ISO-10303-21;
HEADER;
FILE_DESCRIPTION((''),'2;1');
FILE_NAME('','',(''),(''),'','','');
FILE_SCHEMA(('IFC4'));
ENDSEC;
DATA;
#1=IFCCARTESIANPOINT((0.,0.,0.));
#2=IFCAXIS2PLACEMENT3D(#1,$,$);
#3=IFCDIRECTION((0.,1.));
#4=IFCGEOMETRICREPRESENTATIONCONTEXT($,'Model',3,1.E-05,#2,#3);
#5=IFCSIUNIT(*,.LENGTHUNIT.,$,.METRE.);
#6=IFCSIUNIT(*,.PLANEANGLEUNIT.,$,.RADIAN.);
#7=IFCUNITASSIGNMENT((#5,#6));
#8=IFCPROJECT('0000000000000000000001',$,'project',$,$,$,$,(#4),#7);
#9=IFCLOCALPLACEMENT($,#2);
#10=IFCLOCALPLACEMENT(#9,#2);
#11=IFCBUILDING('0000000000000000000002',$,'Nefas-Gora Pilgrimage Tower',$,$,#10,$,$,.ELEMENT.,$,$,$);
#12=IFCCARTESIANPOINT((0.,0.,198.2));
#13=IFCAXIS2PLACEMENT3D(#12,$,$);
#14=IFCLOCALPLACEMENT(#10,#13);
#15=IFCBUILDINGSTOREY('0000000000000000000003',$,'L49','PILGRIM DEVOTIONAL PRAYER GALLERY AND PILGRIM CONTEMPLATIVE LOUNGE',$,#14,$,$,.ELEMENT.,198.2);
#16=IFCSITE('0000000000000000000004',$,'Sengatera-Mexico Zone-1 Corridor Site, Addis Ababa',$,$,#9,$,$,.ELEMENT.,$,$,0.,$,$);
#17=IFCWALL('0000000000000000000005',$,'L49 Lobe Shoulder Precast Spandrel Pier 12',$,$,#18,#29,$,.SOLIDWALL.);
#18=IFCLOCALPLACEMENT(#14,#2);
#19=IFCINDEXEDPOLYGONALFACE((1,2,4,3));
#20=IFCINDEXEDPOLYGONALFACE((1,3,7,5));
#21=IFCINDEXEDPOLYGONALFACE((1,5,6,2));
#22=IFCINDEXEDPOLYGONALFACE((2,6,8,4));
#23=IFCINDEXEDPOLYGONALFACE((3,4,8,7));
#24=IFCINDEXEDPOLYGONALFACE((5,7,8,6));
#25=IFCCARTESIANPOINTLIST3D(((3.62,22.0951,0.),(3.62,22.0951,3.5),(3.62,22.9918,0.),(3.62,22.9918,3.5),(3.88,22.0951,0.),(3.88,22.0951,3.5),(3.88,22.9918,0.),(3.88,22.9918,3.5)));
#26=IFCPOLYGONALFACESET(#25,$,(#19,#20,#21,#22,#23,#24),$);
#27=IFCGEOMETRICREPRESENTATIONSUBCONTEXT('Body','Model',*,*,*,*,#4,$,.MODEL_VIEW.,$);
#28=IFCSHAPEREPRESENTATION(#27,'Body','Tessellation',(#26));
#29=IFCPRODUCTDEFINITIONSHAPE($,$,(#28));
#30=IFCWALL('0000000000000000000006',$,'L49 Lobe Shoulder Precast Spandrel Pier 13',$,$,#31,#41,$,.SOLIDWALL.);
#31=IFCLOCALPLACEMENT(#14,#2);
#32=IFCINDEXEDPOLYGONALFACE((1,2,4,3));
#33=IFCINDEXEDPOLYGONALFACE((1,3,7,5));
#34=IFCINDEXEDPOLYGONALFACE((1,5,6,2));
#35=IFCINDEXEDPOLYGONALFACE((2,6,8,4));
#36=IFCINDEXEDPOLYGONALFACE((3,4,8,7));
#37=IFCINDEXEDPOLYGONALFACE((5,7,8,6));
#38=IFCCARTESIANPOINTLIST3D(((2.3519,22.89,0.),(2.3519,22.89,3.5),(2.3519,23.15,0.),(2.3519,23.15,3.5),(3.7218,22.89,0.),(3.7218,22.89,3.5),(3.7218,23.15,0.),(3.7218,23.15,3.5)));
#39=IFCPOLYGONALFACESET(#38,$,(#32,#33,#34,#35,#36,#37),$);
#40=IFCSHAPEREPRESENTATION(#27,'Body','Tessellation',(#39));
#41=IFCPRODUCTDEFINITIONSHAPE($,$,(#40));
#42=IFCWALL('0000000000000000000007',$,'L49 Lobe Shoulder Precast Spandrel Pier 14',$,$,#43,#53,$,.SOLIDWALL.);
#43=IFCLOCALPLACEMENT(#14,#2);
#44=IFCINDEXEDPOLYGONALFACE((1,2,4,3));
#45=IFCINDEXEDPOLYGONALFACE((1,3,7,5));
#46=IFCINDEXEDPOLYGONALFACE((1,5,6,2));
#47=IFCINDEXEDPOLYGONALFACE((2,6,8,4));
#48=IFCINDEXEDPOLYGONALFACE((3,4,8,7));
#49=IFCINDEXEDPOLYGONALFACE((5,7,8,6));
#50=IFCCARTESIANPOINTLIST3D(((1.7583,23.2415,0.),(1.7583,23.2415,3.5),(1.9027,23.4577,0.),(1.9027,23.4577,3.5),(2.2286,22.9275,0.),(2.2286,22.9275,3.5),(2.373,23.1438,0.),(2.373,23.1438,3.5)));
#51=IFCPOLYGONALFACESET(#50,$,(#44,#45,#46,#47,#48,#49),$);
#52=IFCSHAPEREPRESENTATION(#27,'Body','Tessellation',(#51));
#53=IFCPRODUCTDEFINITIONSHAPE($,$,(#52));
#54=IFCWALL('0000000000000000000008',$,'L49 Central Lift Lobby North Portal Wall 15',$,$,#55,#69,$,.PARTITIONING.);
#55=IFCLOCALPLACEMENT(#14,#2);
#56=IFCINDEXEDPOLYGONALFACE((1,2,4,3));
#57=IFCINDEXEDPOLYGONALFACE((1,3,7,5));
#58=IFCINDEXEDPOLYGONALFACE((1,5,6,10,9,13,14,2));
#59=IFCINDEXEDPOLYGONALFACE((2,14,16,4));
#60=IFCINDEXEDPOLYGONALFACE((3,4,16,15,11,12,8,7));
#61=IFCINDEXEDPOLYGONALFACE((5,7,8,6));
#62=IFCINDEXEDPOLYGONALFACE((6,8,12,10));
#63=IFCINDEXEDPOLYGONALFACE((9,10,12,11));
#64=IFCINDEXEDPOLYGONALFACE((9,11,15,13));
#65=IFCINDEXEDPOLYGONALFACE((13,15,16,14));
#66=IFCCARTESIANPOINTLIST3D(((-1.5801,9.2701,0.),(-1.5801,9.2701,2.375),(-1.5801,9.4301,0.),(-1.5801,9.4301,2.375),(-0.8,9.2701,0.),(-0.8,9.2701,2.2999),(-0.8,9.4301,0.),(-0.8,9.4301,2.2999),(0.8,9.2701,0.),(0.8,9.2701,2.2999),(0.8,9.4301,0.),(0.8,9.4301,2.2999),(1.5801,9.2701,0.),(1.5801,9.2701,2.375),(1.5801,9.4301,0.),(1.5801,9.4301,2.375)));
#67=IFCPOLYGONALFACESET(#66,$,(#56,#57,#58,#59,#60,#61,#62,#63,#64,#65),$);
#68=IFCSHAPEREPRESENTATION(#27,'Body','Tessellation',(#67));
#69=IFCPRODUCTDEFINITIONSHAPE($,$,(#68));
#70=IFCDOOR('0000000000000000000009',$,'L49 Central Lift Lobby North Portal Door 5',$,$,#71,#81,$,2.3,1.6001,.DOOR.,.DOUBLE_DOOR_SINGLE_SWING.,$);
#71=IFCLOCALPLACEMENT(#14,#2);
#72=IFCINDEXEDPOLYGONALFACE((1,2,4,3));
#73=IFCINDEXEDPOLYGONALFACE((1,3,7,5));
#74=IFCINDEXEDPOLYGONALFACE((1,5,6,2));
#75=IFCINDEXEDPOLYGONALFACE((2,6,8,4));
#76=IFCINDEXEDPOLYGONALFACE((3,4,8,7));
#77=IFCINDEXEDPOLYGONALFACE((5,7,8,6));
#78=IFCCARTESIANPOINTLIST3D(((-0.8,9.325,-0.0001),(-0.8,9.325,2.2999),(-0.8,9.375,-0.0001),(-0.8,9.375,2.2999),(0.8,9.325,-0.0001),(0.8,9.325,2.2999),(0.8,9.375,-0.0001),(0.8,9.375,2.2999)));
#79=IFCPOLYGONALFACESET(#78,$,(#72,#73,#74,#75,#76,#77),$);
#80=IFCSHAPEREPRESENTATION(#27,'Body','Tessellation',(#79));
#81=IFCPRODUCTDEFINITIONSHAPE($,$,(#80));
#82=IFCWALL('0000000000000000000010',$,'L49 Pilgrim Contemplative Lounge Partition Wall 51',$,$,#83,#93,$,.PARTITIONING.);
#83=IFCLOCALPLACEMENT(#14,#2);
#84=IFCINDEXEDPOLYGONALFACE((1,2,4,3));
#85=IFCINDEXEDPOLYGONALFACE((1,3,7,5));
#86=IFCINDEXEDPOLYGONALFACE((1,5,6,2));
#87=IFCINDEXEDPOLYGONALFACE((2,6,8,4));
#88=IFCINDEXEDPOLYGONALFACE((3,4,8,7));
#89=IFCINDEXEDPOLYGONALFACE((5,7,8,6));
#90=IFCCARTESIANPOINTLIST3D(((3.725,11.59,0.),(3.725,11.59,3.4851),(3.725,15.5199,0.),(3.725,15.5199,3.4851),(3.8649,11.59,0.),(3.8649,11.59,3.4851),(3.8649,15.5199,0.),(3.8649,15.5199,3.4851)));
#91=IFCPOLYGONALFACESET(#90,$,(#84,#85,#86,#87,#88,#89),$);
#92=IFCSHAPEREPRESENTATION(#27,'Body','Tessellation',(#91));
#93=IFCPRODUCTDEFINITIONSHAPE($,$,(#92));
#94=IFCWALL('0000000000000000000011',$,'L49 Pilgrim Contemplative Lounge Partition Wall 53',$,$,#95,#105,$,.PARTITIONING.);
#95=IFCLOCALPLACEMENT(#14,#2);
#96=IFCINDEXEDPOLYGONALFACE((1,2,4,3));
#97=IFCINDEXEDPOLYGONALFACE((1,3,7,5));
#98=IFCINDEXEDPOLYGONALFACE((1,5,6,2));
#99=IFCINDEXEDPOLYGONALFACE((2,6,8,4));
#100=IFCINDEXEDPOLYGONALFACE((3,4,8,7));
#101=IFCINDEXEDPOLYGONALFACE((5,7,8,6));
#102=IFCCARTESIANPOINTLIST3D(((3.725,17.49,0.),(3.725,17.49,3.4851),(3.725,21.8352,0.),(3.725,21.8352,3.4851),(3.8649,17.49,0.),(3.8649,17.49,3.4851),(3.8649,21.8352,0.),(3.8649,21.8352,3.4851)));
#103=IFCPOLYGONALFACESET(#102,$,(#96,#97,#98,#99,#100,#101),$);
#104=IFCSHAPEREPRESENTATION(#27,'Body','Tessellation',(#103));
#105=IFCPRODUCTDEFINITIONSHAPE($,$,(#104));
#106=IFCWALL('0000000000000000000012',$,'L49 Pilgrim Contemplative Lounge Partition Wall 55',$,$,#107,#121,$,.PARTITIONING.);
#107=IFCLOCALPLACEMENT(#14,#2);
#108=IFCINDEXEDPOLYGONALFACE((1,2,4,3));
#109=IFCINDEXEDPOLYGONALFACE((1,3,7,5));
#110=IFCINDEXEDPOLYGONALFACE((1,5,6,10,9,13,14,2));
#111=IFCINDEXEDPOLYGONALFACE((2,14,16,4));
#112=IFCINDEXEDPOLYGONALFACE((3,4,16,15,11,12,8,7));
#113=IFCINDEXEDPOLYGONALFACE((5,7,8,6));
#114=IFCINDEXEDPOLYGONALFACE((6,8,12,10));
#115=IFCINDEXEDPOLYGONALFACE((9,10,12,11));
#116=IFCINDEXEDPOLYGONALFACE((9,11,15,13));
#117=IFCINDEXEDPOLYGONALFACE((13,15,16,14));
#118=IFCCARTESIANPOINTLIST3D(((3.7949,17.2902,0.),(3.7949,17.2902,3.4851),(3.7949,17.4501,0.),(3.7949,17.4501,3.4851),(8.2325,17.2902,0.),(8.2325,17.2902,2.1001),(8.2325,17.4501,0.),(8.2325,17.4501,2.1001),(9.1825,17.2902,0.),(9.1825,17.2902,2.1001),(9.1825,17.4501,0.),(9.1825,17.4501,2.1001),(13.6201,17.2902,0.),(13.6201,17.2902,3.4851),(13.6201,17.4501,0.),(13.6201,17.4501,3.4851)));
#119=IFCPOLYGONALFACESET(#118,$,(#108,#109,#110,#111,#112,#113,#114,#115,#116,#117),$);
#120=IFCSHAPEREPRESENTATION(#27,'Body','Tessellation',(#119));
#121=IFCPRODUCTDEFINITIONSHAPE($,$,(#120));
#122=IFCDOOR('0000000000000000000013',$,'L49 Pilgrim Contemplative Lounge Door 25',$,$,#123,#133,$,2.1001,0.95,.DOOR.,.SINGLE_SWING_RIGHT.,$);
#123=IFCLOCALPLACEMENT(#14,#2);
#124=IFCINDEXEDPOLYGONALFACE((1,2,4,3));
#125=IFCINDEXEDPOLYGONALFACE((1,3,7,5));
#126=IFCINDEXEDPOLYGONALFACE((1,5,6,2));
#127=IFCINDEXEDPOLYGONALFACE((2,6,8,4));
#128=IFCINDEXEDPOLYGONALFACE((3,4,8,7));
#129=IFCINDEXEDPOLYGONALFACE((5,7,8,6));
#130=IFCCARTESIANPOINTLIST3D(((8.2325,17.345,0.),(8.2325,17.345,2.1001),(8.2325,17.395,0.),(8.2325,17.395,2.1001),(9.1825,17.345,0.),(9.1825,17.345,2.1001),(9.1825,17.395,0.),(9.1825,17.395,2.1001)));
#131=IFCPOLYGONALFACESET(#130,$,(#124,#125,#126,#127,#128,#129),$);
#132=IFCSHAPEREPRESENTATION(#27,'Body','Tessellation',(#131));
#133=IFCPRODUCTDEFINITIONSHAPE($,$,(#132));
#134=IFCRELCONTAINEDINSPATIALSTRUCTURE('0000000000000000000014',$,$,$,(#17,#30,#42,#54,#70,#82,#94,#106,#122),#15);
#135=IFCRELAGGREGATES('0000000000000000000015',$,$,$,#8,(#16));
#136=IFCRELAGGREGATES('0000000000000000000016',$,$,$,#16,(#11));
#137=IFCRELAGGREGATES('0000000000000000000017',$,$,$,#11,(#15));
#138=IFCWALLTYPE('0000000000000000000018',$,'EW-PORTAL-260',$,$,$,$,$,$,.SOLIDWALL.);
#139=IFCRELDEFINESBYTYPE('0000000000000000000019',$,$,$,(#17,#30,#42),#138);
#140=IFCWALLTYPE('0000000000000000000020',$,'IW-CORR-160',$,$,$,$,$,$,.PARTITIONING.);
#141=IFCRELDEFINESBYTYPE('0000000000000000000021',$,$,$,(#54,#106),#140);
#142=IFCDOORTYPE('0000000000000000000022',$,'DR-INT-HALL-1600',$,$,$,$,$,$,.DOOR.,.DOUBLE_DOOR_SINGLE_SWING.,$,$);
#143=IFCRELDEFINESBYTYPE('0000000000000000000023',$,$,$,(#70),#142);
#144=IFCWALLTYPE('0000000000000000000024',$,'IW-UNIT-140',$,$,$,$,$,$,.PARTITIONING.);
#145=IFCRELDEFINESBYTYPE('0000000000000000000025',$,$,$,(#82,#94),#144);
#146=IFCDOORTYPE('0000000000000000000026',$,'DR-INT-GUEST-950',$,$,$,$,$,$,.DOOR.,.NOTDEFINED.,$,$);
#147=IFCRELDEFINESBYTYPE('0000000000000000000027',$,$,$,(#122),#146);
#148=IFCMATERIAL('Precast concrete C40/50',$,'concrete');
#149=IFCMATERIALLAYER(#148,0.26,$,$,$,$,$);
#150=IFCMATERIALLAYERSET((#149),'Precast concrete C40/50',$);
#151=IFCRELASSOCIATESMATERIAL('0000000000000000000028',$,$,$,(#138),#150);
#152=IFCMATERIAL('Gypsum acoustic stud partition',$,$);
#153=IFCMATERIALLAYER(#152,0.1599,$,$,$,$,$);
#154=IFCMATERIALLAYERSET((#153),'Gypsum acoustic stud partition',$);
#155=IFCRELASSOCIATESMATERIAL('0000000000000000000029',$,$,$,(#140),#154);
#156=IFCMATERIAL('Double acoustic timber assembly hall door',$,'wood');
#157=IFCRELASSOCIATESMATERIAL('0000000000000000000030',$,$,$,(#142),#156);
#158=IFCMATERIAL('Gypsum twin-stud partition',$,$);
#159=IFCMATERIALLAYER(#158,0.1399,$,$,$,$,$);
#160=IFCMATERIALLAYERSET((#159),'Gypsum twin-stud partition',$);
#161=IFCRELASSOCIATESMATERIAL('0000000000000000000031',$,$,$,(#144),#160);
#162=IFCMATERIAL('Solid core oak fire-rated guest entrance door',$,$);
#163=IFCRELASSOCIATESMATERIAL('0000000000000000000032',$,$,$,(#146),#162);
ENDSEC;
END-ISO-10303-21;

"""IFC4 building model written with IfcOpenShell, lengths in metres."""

from ifc_helpers import new_model, si_unit, direction, frame, frame_2d, origin, place, context, subcontext, project, spatial, rectangle, extrude, source, transform, mapped, material, layer, layer_set, type_object, element, fill, save


model = new_model("IFC4")

# Units and contexts
model_context = context("Model", 3, precision=1e-05, world=origin(), true_north=direction((0.0, 1.0)))
body_context = subcontext(model_context, "Body", "Model", "MODEL_VIEW")
ifc_project = project(units=[si_unit("LENGTHUNIT", "METRE"), si_unit("PLANEANGLEUNIT", "RADIAN")], contexts=[model_context])

# Site, building, storey
site_placement = place(None, origin())
site = spatial("IfcSite", under=ifc_project, at=site_placement, Name="Sengatera-Mexico Zone-1 Corridor Site, Addis Ababa", CompositionType="ELEMENT", RefElevation=0.0)
building_placement = place(site_placement, origin())
building = spatial("IfcBuilding", under=site, at=building_placement, Name="Nefas-Gora Pilgrimage Tower", CompositionType="ELEMENT")
storey_placement = place(building_placement, frame((0.0, 0.0, 198.2)))
storey = spatial("IfcBuildingStorey", under=building, at=storey_placement, Name="L49", Description="PILGRIM DEVOTIONAL PRAYER GALLERY AND PILGRIM CONTEMPLATIVE LOUNGE", CompositionType="ELEMENT", Elevation=198.2)

# Walls
ifc_material_1 = material(Name="Precast concrete C40/50", Category="concrete")
ifc_layer_1 = layer(ifc_material_1, 0.26)
ifc_layer_set_1 = layer_set([ifc_layer_1], Name="Precast concrete C40/50")
wall_type_1 = type_object("IfcWallType", Name="EW-PORTAL-260", PredefinedType="SOLIDWALL", material=ifc_layer_set_1)
shared_shape_1 = source(origin(), body_context, "Body", "SweptSolid", [
    extrude(rectangle(XDim=0.8967, YDim=0.26, at=frame_2d((0.4482, 0.0))), origin(), (0.0, 0.0, 1.0), 3.5),
])
wall_1_placement = place(storey_placement, frame((3.75, 22.0952, 0.0), z_axis=(0.0, 0.0, 1.0), x_axis=(0.0, 1.0, 0.0)))
element("IfcWall", 1, at=wall_1_placement, inside=storey, type_object=wall_type_1, Name="L49 Lobe Shoulder Precast Spandrel Pier 12", PredefinedType="SOLIDWALL", context=body_context, shape_type="MappedRepresentation", body=[
    mapped(shared_shape_1, transform((0.0, 0.0, 0.0), x_axis=(1.0, 0.0, 0.0), y_axis=(0.0, 1.0, 0.0), z_axis=(0.0, 0.0, 1.0), scale=1.0)),
])
shared_shape_2 = source(origin(), body_context, "Body", "SweptSolid", [
    extrude(rectangle(XDim=1.3699, YDim=0.26, at=frame_2d((0.6851, 0.0))), origin(), (0.0, 0.0, 1.0), 3.5),
])
wall_2_placement = place(storey_placement, frame((3.7219, 23.02, 0.0), z_axis=(0.0, 0.0, 1.0), x_axis=(-1.0, 0.0, 0.0)))
element("IfcWall", 2, at=wall_2_placement, inside=storey, type_object=wall_type_1, Name="L49 Lobe Shoulder Precast Spandrel Pier 13", PredefinedType="SOLIDWALL", context=body_context, shape_type="MappedRepresentation", body=[
    mapped(shared_shape_2, transform((0.0, 0.0, 0.0), x_axis=(1.0, 0.0, 0.0), y_axis=(0.0, 1.0, 0.0), z_axis=(0.0, 0.0, 1.0), scale=1.0)),
])
shared_shape_3 = source(origin(), body_context, "Body", "SweptSolid", [
    extrude(rectangle(XDim=0.5654, YDim=0.26, at=frame_2d((0.2827, 0.0))), origin(), (0.0, 0.0, 1.0), 3.5),
])
wall_3_placement = place(storey_placement, frame((2.3008, 23.0356, 0.0), z_axis=(0.0, 0.0, 1.0), x_axis=(-0.831651, 0.555298, 0.0)))
element("IfcWall", 3, at=wall_3_placement, inside=storey, type_object=wall_type_1, Name="L49 Lobe Shoulder Precast Spandrel Pier 14", PredefinedType="SOLIDWALL", context=body_context, shape_type="MappedRepresentation", body=[
    mapped(shared_shape_3, transform((0.0, 0.0, 0.0), x_axis=(1.0, 0.0, 0.0), y_axis=(0.0, 1.0, 0.0), z_axis=(0.0, 0.0, 1.0), scale=1.0)),
])

# Wall, opening, door
ifc_material_2 = material(Name="Gypsum acoustic stud partition")
ifc_layer_2 = layer(ifc_material_2, 0.1599)
ifc_layer_set_2 = layer_set([ifc_layer_2], Name="Gypsum acoustic stud partition")
wall_type_2 = type_object("IfcWallType", Name="IW-CORR-160", PredefinedType="PARTITIONING", material=ifc_layer_set_2)
shared_shape_4 = source(origin(), body_context, "Body", "SweptSolid", [
    extrude(rectangle(XDim=3.1602, YDim=0.1599, at=frame_2d((1.5801, 0.0))), origin(), (0.0, 0.0, 1.0), 2.375),
])
wall_4_placement = place(storey_placement, frame((-1.5801, 9.3501, 0.0), z_axis=(0.0, 0.0, 1.0), x_axis=(1.0, 0.0, 0.0)))
wall_4 = element("IfcWall", 4, at=wall_4_placement, inside=storey, type_object=wall_type_2, Name="L49 Central Lift Lobby North Portal Wall 15", PredefinedType="PARTITIONING", context=body_context, shape_type="MappedRepresentation", body=[
    mapped(shared_shape_4, transform((0.0, 0.0, 0.0), x_axis=(1.0, 0.0, 0.0), y_axis=(0.0, 1.0, 0.0), z_axis=(0.0, 0.0, 1.0), scale=1.0)),
])
opening_1_placement = place(wall_4_placement, frame((0.78, 0.0, 0.0)))
opening_1 = element("IfcOpeningElement", 5, at=opening_1_placement, cuts=wall_4, PredefinedType="OPENING", context=body_context, shape_type="SweptSolid", body=[
    extrude(rectangle(XDim=1.6001, YDim=2.3, at=frame_2d((0.8, 1.1499))), frame((0.0, 0.0898, 0.0), z_axis=(0.0, -1.0, 0.0), x_axis=(1.0, 0.0, 0.0)), (0.0, 0.0, 1.0), 0.1799),
])
ifc_material_3 = material(Name="Double acoustic timber assembly hall door", Category="wood")
door_type_1 = type_object("IfcDoorType", Name="DR-INT-HALL-1600", OperationType="DOUBLE_DOOR_SINGLE_SWING", PredefinedType="DOOR", material=ifc_material_3)
shared_shape_5 = source(origin(), body_context, "Body", "SweptSolid", [
    extrude(rectangle(XDim=1.6001, YDim=2.3, at=frame_2d((0.8, 1.1499))), frame((0.0, 0.0249, 0.0), z_axis=(0.0, -1.0, 0.0), x_axis=(1.0, 0.0, 0.0)), (0.0, 0.0, 1.0), 0.05),
])
door_1_placement = place(opening_1_placement, origin())
door_1 = element("IfcDoor", 6, at=door_1_placement, inside=storey, type_object=door_type_1, Name="L49 Central Lift Lobby North Portal Door 5", OperationType="DOUBLE_DOOR_SINGLE_SWING", OverallHeight=2.3, OverallWidth=1.6001, PredefinedType="DOOR", context=body_context, shape_type="MappedRepresentation", body=[
    mapped(shared_shape_5, transform((0.0, 0.0, 0.0), x_axis=(1.0, 0.0, 0.0), y_axis=(0.0, 1.0, 0.0), z_axis=(0.0, 0.0, 1.0), scale=1.0)),
])
fill(opening_1, door_1)

# Walls
ifc_material_4 = material(Name="Gypsum twin-stud partition")
ifc_layer_3 = layer(ifc_material_4, 0.1399)
ifc_layer_set_3 = layer_set([ifc_layer_3], Name="Gypsum twin-stud partition")
wall_type_3 = type_object("IfcWallType", Name="IW-UNIT-140", PredefinedType="PARTITIONING", material=ifc_layer_set_3)
shared_shape_6 = source(origin(), body_context, "Body", "SweptSolid", [
    extrude(rectangle(XDim=3.9299, YDim=0.1399, at=frame_2d((1.9648, 0.0))), origin(), (0.0, 0.0, 1.0), 3.4851),
])
wall_5_placement = place(storey_placement, frame((3.7949, 11.5901, 0.0), z_axis=(0.0, 0.0, 1.0), x_axis=(0.0, 1.0, 0.0)))
element("IfcWall", 7, at=wall_5_placement, inside=storey, type_object=wall_type_3, Name="L49 Pilgrim Contemplative Lounge Partition Wall 51", PredefinedType="PARTITIONING", context=body_context, shape_type="MappedRepresentation", body=[
    mapped(shared_shape_6, transform((0.0, 0.0, 0.0), x_axis=(1.0, 0.0, 0.0), y_axis=(0.0, 1.0, 0.0), z_axis=(0.0, 0.0, 1.0), scale=1.0)),
])
shared_shape_7 = source(origin(), body_context, "Body", "SweptSolid", [
    extrude(rectangle(XDim=4.3452, YDim=0.1399, at=frame_2d((2.1726, 0.0))), origin(), (0.0, 0.0, 1.0), 3.4851),
])
wall_6_placement = place(storey_placement, frame((3.7949, 17.49, 0.0), z_axis=(0.0, 0.0, 1.0), x_axis=(0.0, 1.0, 0.0)))
element("IfcWall", 8, at=wall_6_placement, inside=storey, type_object=wall_type_3, Name="L49 Pilgrim Contemplative Lounge Partition Wall 53", PredefinedType="PARTITIONING", context=body_context, shape_type="MappedRepresentation", body=[
    mapped(shared_shape_7, transform((0.0, 0.0, 0.0), x_axis=(1.0, 0.0, 0.0), y_axis=(0.0, 1.0, 0.0), z_axis=(0.0, 0.0, 1.0), scale=1.0)),
])

# Wall, opening, door
shared_shape_8 = source(origin(), body_context, "Body", "SweptSolid", [
    extrude(rectangle(XDim=9.8252, YDim=0.1599, at=frame_2d((4.9126, 0.0))), origin(), (0.0, 0.0, 1.0), 3.4851),
])
wall_7_placement = place(storey_placement, frame((3.7949, 17.3701, 0.0), z_axis=(0.0, 0.0, 1.0), x_axis=(1.0, 0.0, 0.0)))
wall_7 = element("IfcWall", 9, at=wall_7_placement, inside=storey, type_object=wall_type_2, Name="L49 Pilgrim Contemplative Lounge Partition Wall 55", PredefinedType="PARTITIONING", context=body_context, shape_type="MappedRepresentation", body=[
    mapped(shared_shape_8, transform((0.0, 0.0, 0.0), x_axis=(1.0, 0.0, 0.0), y_axis=(0.0, 1.0, 0.0), z_axis=(0.0, 0.0, 1.0), scale=1.0)),
])
opening_2_placement = place(wall_7_placement, frame((4.4375, 0.0, 0.0)))
opening_2 = element("IfcOpeningElement", 10, at=opening_2_placement, cuts=wall_7, PredefinedType="OPENING", context=body_context, shape_type="SweptSolid", body=[
    extrude(rectangle(XDim=0.95, YDim=2.1001, at=frame_2d((0.4751, 1.05))), frame((0.0, 0.0898, 0.0), z_axis=(0.0, -1.0, 0.0), x_axis=(1.0, 0.0, 0.0)), (0.0, 0.0, 1.0), 0.1799),
])
ifc_material_5 = material(Name="Solid core oak fire-rated guest entrance door")
door_type_2 = type_object("IfcDoorType", Name="DR-INT-GUEST-950", OperationType="NOTDEFINED", PredefinedType="DOOR", material=ifc_material_5)
shared_shape_9 = source(origin(), body_context, "Body", "SweptSolid", [
    extrude(rectangle(XDim=0.95, YDim=2.1001, at=frame_2d((0.4751, 1.05))), frame((0.0, 0.0249, 0.0), z_axis=(0.0, -1.0, 0.0), x_axis=(1.0, 0.0, 0.0)), (0.0, 0.0, 1.0), 0.05),
])
door_2_placement = place(opening_2_placement, origin())
door_2 = element("IfcDoor", 11, at=door_2_placement, inside=storey, type_object=door_type_2, Name="L49 Pilgrim Contemplative Lounge Door 25", OperationType="SINGLE_SWING_RIGHT", OverallHeight=2.1001, OverallWidth=0.95, PredefinedType="DOOR", context=body_context, shape_type="MappedRepresentation", body=[
    mapped(shared_shape_9, transform((0.0, 0.0, 0.0), x_axis=(1.0, 0.0, 0.0), y_axis=(0.0, 1.0, 0.0), z_axis=(0.0, 0.0, 1.0), scale=1.0)),
])
fill(opening_2, door_2)

save(model, "model.ifc")
